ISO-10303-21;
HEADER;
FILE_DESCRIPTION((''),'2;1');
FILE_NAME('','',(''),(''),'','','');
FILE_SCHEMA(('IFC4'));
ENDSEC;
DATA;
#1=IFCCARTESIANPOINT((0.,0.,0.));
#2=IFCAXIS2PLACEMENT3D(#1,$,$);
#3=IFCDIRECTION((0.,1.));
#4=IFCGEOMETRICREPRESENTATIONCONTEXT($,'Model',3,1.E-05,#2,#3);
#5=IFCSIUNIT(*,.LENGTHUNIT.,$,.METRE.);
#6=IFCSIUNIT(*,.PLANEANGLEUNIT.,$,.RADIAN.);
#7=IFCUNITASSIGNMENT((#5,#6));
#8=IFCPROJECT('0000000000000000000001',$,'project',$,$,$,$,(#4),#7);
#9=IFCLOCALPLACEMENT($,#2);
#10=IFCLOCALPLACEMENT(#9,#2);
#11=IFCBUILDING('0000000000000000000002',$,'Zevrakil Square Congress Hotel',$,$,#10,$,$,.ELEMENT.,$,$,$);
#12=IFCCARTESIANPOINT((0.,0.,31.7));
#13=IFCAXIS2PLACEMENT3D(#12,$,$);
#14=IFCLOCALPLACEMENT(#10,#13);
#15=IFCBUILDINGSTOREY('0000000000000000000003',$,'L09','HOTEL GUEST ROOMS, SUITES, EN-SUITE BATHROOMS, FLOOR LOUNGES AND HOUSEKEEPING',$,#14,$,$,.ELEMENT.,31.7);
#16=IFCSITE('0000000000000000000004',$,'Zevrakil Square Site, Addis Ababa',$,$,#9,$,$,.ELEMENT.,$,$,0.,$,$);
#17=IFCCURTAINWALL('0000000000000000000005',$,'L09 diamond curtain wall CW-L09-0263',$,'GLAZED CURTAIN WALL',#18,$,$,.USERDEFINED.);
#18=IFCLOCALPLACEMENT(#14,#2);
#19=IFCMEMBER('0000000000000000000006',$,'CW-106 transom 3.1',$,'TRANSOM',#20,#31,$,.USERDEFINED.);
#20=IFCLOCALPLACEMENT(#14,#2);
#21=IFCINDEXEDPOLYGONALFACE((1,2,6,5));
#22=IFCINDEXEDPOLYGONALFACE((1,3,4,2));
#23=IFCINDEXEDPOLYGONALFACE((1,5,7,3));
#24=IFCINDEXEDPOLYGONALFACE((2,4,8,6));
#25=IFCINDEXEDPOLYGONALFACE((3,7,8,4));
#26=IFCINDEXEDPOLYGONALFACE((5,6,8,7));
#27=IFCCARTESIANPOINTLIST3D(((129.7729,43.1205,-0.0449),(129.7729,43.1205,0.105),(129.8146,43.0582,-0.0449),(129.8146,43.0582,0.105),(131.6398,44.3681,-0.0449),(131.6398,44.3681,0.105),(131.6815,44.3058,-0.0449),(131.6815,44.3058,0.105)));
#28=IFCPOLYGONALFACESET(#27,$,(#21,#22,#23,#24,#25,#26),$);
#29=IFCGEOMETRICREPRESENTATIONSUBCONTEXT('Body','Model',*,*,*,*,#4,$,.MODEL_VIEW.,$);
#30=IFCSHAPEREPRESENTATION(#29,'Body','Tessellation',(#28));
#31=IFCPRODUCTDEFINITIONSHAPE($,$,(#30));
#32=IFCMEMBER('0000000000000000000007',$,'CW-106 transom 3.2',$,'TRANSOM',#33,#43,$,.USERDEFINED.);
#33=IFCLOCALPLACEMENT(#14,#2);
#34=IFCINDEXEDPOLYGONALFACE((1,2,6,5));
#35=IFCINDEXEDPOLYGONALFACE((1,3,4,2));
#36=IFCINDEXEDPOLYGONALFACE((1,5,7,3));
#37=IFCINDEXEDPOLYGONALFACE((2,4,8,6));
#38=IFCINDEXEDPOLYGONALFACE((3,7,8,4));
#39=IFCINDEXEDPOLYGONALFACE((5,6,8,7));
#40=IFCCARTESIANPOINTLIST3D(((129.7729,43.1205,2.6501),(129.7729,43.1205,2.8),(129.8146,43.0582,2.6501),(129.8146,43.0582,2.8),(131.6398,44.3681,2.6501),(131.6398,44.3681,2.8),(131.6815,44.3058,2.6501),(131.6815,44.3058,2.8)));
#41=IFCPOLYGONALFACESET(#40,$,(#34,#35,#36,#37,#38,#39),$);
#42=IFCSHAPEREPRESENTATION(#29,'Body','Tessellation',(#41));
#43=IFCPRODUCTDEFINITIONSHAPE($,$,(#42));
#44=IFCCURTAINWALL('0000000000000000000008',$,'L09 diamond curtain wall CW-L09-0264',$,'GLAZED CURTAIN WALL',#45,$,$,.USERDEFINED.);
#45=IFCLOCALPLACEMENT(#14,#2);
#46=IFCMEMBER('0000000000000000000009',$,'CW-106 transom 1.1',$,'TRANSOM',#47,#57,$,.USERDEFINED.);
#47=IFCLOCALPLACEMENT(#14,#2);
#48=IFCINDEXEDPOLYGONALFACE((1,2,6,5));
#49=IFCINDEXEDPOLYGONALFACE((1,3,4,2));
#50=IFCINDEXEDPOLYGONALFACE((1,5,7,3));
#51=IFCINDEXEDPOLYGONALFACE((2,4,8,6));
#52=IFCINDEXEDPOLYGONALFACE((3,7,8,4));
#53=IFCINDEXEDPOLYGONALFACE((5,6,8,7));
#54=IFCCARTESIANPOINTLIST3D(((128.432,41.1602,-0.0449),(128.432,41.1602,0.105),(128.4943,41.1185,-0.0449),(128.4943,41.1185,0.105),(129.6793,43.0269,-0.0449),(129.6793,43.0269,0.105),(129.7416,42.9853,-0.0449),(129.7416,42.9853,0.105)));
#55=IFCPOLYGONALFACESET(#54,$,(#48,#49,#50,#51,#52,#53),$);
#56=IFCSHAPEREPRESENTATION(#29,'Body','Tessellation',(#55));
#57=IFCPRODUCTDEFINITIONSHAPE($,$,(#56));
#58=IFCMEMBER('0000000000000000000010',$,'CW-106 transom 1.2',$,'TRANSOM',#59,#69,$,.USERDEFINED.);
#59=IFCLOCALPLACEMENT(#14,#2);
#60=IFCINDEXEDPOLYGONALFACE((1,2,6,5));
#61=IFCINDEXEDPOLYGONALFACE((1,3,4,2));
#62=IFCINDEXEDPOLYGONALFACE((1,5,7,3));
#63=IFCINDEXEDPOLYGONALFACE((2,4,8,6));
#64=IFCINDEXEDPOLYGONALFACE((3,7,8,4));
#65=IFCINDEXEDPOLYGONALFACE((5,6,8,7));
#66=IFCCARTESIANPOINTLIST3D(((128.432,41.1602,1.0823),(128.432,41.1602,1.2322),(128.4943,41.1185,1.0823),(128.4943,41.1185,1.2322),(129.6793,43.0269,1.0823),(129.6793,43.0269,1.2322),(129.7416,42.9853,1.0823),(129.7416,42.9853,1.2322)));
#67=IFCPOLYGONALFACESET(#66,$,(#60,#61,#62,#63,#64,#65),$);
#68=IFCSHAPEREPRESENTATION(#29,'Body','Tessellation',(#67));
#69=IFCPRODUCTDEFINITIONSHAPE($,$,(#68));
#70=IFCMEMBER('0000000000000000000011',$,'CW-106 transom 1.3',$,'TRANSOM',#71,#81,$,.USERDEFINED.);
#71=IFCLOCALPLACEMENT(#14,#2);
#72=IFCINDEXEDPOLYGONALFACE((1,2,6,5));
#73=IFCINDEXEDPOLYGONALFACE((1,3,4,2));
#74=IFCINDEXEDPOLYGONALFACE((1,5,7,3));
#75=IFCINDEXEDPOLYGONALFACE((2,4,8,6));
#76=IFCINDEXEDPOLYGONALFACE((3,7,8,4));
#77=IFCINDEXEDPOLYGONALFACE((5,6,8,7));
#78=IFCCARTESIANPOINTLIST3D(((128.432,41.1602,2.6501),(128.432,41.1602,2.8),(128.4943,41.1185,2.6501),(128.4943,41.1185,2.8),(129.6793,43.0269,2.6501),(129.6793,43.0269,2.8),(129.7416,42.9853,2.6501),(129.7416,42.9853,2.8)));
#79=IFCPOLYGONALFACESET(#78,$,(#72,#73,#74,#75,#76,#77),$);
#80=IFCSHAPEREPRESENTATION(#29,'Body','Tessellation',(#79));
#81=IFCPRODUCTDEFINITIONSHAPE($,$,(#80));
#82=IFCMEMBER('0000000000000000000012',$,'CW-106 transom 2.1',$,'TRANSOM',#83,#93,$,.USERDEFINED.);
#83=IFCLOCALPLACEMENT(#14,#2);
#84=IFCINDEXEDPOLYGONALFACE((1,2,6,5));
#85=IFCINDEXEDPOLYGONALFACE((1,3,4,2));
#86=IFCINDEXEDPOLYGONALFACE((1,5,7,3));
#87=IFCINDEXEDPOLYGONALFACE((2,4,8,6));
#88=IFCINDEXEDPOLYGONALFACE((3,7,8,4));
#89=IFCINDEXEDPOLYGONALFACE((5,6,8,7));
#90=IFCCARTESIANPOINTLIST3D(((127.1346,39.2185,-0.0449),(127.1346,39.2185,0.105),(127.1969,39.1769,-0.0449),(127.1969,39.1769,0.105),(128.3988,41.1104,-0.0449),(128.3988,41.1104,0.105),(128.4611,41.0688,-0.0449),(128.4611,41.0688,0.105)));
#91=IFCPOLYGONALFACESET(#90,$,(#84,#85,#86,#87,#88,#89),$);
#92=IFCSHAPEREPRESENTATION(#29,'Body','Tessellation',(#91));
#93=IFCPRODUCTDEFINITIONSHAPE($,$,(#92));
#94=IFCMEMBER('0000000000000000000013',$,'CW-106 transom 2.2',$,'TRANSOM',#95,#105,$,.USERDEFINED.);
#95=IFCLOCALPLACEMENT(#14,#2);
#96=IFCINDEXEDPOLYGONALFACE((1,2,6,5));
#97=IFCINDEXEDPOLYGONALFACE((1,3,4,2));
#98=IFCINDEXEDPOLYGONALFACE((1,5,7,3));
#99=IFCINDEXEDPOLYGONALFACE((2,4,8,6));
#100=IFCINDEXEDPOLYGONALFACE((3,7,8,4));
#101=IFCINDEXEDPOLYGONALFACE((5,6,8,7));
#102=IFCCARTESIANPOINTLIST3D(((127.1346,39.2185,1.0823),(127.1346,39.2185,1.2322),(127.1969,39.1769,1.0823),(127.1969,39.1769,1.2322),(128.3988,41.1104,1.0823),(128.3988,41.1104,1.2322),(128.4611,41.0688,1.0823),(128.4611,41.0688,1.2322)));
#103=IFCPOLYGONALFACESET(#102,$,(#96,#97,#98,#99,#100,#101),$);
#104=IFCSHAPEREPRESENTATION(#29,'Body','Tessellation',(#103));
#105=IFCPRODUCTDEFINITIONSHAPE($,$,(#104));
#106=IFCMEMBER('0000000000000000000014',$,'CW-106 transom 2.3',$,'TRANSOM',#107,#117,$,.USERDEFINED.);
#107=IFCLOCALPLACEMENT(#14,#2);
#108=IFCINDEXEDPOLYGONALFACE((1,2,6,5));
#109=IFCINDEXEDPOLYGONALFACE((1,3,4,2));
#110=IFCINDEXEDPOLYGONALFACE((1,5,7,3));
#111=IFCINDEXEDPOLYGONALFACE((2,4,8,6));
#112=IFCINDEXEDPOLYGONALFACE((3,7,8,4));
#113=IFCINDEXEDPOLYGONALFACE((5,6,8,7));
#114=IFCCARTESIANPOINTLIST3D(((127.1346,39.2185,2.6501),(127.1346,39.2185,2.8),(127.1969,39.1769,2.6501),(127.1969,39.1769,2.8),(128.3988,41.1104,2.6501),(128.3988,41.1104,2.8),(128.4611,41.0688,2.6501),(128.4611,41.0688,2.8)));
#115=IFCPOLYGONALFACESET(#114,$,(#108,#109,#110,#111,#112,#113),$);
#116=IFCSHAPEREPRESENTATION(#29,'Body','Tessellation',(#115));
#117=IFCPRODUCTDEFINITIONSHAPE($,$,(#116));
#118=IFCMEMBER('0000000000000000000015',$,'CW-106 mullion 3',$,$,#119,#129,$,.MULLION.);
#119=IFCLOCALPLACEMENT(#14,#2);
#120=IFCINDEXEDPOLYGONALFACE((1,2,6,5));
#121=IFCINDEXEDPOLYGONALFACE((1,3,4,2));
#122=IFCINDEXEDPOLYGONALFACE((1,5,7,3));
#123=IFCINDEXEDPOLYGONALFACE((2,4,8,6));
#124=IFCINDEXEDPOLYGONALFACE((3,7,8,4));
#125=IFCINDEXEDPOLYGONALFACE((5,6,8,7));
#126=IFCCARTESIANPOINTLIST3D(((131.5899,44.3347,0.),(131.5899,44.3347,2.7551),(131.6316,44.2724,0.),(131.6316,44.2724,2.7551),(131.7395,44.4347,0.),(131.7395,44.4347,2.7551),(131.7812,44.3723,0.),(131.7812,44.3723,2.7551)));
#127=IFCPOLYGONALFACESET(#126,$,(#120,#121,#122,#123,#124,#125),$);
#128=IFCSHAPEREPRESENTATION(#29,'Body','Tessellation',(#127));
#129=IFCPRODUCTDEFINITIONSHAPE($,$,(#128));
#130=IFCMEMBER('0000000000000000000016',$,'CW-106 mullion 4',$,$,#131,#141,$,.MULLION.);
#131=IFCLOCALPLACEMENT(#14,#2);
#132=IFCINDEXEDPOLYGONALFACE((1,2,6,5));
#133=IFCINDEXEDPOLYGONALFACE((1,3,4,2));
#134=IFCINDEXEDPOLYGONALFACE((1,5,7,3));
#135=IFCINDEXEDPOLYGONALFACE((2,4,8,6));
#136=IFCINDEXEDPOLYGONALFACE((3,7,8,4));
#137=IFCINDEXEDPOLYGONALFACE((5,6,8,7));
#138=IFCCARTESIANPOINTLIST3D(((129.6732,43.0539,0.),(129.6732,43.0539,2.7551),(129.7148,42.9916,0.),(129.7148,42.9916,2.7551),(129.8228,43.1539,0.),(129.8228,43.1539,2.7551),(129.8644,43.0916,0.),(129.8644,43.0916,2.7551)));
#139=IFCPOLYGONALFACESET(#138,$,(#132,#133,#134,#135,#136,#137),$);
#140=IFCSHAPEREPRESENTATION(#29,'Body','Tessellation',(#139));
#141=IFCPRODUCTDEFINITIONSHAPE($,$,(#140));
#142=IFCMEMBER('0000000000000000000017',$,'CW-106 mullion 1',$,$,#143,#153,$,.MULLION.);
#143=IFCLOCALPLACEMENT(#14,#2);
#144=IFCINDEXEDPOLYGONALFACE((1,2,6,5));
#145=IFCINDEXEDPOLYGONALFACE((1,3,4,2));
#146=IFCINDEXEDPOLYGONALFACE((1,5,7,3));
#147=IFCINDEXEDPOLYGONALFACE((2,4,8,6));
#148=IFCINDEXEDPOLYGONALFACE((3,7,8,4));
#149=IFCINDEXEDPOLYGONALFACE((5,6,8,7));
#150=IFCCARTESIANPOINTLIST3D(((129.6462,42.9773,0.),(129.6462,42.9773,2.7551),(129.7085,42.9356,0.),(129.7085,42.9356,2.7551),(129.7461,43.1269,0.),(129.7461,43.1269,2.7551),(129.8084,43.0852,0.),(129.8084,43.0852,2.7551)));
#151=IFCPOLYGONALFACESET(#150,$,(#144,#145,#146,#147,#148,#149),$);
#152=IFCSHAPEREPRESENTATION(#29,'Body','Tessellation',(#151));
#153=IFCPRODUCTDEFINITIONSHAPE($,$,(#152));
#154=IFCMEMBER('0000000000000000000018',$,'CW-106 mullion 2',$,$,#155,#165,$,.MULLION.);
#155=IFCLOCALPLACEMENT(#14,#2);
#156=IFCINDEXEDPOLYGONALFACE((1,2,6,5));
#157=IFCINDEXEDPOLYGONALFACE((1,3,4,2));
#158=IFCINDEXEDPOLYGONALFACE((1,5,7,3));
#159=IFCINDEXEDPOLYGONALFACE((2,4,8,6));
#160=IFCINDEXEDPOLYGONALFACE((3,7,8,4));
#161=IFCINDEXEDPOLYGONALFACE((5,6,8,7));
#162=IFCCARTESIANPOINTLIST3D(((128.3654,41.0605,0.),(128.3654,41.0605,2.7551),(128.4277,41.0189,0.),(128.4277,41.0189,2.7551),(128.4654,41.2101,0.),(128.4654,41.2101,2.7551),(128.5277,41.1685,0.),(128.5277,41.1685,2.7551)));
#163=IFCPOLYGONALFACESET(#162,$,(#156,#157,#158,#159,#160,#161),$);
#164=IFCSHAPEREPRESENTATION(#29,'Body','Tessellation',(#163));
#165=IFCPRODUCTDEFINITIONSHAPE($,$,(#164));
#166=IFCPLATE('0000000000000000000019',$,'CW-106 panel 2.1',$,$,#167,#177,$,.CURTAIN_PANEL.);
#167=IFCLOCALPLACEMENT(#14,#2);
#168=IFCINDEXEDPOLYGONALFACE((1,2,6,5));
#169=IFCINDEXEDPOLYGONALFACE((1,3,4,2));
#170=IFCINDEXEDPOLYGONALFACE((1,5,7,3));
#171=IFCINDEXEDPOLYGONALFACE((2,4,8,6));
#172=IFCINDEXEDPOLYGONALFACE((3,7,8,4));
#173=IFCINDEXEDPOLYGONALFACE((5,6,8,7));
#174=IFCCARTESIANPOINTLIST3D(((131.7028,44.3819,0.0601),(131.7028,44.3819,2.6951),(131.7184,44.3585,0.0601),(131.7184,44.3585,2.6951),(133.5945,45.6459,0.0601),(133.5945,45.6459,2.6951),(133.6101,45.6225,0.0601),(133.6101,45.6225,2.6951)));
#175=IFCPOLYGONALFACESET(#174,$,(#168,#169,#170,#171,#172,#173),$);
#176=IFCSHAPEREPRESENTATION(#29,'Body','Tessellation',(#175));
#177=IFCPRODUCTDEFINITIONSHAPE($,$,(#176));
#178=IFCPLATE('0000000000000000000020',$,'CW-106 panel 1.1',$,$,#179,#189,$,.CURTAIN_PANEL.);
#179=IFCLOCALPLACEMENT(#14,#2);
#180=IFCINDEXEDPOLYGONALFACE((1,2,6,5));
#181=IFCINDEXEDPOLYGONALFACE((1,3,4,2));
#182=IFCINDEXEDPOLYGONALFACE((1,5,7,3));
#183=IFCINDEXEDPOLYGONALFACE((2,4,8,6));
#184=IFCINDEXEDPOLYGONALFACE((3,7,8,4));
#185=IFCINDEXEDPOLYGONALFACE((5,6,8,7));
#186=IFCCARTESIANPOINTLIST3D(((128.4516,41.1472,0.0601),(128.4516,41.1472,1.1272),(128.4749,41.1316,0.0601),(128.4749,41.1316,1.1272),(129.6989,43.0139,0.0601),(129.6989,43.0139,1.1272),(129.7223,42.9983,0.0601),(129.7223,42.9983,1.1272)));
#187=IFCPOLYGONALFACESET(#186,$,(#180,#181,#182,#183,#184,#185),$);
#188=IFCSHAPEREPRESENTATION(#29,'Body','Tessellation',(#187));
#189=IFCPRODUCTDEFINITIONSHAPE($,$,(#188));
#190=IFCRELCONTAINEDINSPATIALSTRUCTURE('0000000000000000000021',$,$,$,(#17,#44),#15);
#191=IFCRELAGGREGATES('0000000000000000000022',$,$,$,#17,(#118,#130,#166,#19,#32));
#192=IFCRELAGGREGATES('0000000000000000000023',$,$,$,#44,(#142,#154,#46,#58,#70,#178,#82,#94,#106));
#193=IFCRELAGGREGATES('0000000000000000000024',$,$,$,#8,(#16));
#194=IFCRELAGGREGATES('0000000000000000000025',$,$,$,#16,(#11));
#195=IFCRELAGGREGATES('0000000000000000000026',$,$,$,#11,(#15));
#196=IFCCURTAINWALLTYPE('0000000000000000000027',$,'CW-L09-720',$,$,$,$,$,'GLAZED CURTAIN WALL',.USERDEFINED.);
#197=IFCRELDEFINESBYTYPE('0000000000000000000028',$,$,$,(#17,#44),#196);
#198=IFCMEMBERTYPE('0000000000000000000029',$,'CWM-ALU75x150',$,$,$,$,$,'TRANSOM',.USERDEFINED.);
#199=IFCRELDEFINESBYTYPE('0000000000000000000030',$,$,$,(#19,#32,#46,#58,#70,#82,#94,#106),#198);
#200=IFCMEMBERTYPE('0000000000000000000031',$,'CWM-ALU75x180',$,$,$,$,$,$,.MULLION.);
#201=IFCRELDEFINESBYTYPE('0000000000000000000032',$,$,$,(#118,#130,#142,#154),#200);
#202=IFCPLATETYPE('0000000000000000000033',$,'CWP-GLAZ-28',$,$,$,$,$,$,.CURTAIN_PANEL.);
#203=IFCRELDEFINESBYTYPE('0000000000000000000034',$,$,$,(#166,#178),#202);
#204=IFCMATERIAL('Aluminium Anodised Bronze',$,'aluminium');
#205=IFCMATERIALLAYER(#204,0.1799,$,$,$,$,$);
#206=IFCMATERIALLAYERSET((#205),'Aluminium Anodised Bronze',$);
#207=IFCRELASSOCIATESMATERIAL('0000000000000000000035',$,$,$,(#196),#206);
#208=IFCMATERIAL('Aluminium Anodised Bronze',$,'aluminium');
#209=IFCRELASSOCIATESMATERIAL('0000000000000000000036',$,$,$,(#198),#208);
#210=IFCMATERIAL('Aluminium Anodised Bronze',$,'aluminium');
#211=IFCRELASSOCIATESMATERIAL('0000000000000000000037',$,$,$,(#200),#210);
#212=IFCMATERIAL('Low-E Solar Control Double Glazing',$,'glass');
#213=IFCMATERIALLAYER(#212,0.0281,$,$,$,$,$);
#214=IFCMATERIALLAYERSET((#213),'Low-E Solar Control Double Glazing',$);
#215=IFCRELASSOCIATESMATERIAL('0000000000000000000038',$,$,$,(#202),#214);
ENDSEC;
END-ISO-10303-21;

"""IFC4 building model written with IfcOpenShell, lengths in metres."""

from ifc_helpers import new_model, si_unit, direction, frame, origin, origin_2d, place, context, subcontext, project, spatial, rectangle, extrude, material, layer, layer_set, material_profile, profile_set, type_object, element, aggregate, save


model = new_model("IFC4")

# Units and contexts
model_context = context("Model", 3, precision=1e-05, world=origin(), true_north=direction((0.0, 1.0)))
body_context = subcontext(model_context, "Body", "Model", "MODEL_VIEW")
ifc_project = project(units=[si_unit("LENGTHUNIT", "METRE"), si_unit("PLANEANGLEUNIT", "RADIAN")], contexts=[model_context])

# Site, building, storey
site_placement = place(None, origin())
site = spatial("IfcSite", under=ifc_project, at=site_placement, Name="Zevrakil Square Site, Addis Ababa", CompositionType="ELEMENT", RefElevation=0.0)
building_placement = place(site_placement, origin())
building = spatial("IfcBuilding", under=site, at=building_placement, Name="Zevrakil Square Congress Hotel", CompositionType="ELEMENT")
storey_placement = place(building_placement, frame((0.0, 0.0, 31.7)))
storey = spatial("IfcBuildingStorey", under=building, at=storey_placement, Name="L09", Description="HOTEL GUEST ROOMS, SUITES, EN-SUITE BATHROOMS, FLOOR LOUNGES AND HOUSEKEEPING", CompositionType="ELEMENT", Elevation=31.7)

# Curtain walls, members
ifc_material_1 = material(Name="Aluminium Anodised Bronze", Category="aluminium")
ifc_layer_1 = layer(ifc_material_1, 0.1799)
ifc_layer_set_1 = layer_set([ifc_layer_1], Name="Aluminium Anodised Bronze")
curtain_wall_type = type_object("IfcCurtainWallType", Name="CW-L09-720", ElementType="GLAZED CURTAIN WALL", PredefinedType="USERDEFINED", material=ifc_layer_set_1)
curtain_wall_1_placement = place(storey_placement, origin())
curtain_wall_1 = element("IfcCurtainWall", 1, at=curtain_wall_1_placement, inside=storey, type_object=curtain_wall_type, Name="L09 diamond curtain wall CW-L09-0263", ObjectType="GLAZED CURTAIN WALL", PredefinedType="USERDEFINED")
ifc_material_2 = material(Name="Aluminium Anodised Bronze", Category="aluminium")
ifc_material_profile_1 = material_profile(ifc_material_2, rectangle(XDim=0.075, YDim=0.1499, at=origin_2d()), Name="ALU 75x150")
ifc_profile_set_1 = profile_set([ifc_material_profile_1], Name="Aluminium Anodised Bronze")
member_type_1 = type_object("IfcMemberType", Name="CWM-ALU75x150", ElementType="TRANSOM", PredefinedType="USERDEFINED", material=ifc_profile_set_1)
member_1_placement = place(storey_placement, frame((131.6606, 44.3369, 0.03), z_axis=(-0.831448, -0.555603, 0.0), x_axis=(0.555603, -0.831448, 0.0)))
member_1 = element("IfcMember", 2, at=member_1_placement, type_object=member_type_1, Name="CW-106 transom 3.1", ObjectType="TRANSOM", PredefinedType="USERDEFINED", context=body_context, shape_type="SweptSolid", body=[
    extrude(rectangle(XDim=0.075, YDim=0.1499, at=origin_2d()), origin(), (0.0, 0.0, 1.0), 2.2454),
])
member_2_placement = place(storey_placement, frame((131.6606, 44.3369, 2.7251), z_axis=(-0.831448, -0.555603, 0.0), x_axis=(0.555603, -0.831448, 0.0)))
member_2 = element("IfcMember", 3, at=member_2_placement, type_object=member_type_1, Name="CW-106 transom 3.2", ObjectType="TRANSOM", PredefinedType="USERDEFINED", context=body_context, shape_type="SweptSolid", body=[
    extrude(rectangle(XDim=0.075, YDim=0.1499, at=origin_2d()), origin(), (0.0, 0.0, 1.0), 2.2454),
])
curtain_wall_2_placement = place(storey_placement, origin())
curtain_wall_2 = element("IfcCurtainWall", 4, at=curtain_wall_2_placement, inside=storey, type_object=curtain_wall_type, Name="L09 diamond curtain wall CW-L09-0264", ObjectType="GLAZED CURTAIN WALL", PredefinedType="USERDEFINED")
member_3_placement = place(storey_placement, frame((129.7104, 43.0061, 0.03), z_axis=(-0.555578, -0.831464, 0.0), x_axis=(0.831464, -0.555578, 0.0)))
member_3 = element("IfcMember", 5, at=member_3_placement, type_object=member_type_1, Name="CW-106 transom 1.1", ObjectType="TRANSOM", PredefinedType="USERDEFINED", context=body_context, shape_type="SweptSolid", body=[
    extrude(rectangle(XDim=0.075, YDim=0.1499, at=origin_2d()), origin(), (0.0, 0.0, 1.0), 2.2451),
])
member_4_placement = place(storey_placement, frame((129.7104, 43.0061, 1.1572), z_axis=(-0.555578, -0.831464, 0.0), x_axis=(0.831464, -0.555578, 0.0)))
member_4 = element("IfcMember", 6, at=member_4_placement, type_object=member_type_1, Name="CW-106 transom 1.2", ObjectType="TRANSOM", PredefinedType="USERDEFINED", context=body_context, shape_type="SweptSolid", body=[
    extrude(rectangle(XDim=0.075, YDim=0.1499, at=origin_2d()), origin(), (0.0, 0.0, 1.0), 2.2451),
])
member_5_placement = place(storey_placement, frame((129.7104, 43.0061, 2.7251), z_axis=(-0.555578, -0.831464, 0.0), x_axis=(0.831464, -0.555578, 0.0)))
member_5 = element("IfcMember", 7, at=member_5_placement, type_object=member_type_1, Name="CW-106 transom 1.3", ObjectType="TRANSOM", PredefinedType="USERDEFINED", context=body_context, shape_type="SweptSolid", body=[
    extrude(rectangle(XDim=0.075, YDim=0.1499, at=origin_2d()), origin(), (0.0, 0.0, 1.0), 2.2451),
])
member_6_placement = place(storey_placement, frame((128.4299, 41.0896, 0.03), z_axis=(-0.555591, -0.831456, 0.0), x_axis=(0.831456, -0.555591, 0.0)))
member_6 = element("IfcMember", 8, at=member_6_placement, type_object=member_type_1, Name="CW-106 transom 2.1", ObjectType="TRANSOM", PredefinedType="USERDEFINED", context=body_context, shape_type="SweptSolid", body=[
    extrude(rectangle(XDim=0.075, YDim=0.1499, at=origin_2d()), origin(), (0.0, 0.0, 1.0), 2.2754),
])
member_7_placement = place(storey_placement, frame((128.4299, 41.0896, 1.1572), z_axis=(-0.555591, -0.831456, 0.0), x_axis=(0.831456, -0.555591, 0.0)))
member_7 = element("IfcMember", 9, at=member_7_placement, type_object=member_type_1, Name="CW-106 transom 2.2", ObjectType="TRANSOM", PredefinedType="USERDEFINED", context=body_context, shape_type="SweptSolid", body=[
    extrude(rectangle(XDim=0.075, YDim=0.1499, at=origin_2d()), origin(), (0.0, 0.0, 1.0), 2.2754),
])
member_8_placement = place(storey_placement, frame((128.4299, 41.0896, 2.7251), z_axis=(-0.555591, -0.831456, 0.0), x_axis=(0.831456, -0.555591, 0.0)))
member_8 = element("IfcMember", 10, at=member_8_placement, type_object=member_type_1, Name="CW-106 transom 2.3", ObjectType="TRANSOM", PredefinedType="USERDEFINED", context=body_context, shape_type="SweptSolid", body=[
    extrude(rectangle(XDim=0.075, YDim=0.1499, at=origin_2d()), origin(), (0.0, 0.0, 1.0), 2.2754),
])

# Members
ifc_material_3 = material(Name="Aluminium Anodised Bronze", Category="aluminium")
ifc_material_profile_2 = material_profile(ifc_material_3, rectangle(XDim=0.075, YDim=0.1799, at=origin_2d()), Name="ALU 75x180")
ifc_profile_set_2 = profile_set([ifc_material_profile_2], Name="Aluminium Anodised Bronze")
member_type_2 = type_object("IfcMemberType", Name="CWM-ALU75x180", PredefinedType="MULLION", material=ifc_profile_set_2)
member_9_placement = place(storey_placement, frame((131.6855, 44.3535, 0.0), z_axis=(0.0, 0.0, 1.0), x_axis=(0.555576, -0.831466, 0.0)))
member_9 = element("IfcMember", 11, at=member_9_placement, type_object=member_type_2, Name="CW-106 mullion 3", PredefinedType="MULLION", context=body_context, shape_type="SweptSolid", body=[
    extrude(rectangle(XDim=0.075, YDim=0.1799, at=origin_2d()), origin(), (0.0, 0.0, 1.0), 2.7551),
])
member_10_placement = place(storey_placement, frame((129.7688, 43.0728, 0.0), z_axis=(0.0, 0.0, 1.0), x_axis=(0.555576, -0.831466, 0.0)))
member_10 = element("IfcMember", 12, at=member_10_placement, type_object=member_type_2, Name="CW-106 mullion 4", PredefinedType="MULLION", context=body_context, shape_type="SweptSolid", body=[
    extrude(rectangle(XDim=0.075, YDim=0.1799, at=origin_2d()), origin(), (0.0, 0.0, 1.0), 2.7551),
])
member_11_placement = place(storey_placement, frame((129.7273, 43.0312, 0.0), z_axis=(0.0, 0.0, 1.0), x_axis=(0.831466, -0.555576, 0.0)))
member_11 = element("IfcMember", 13, at=member_11_placement, type_object=member_type_2, Name="CW-106 mullion 1", PredefinedType="MULLION", context=body_context, shape_type="SweptSolid", body=[
    extrude(rectangle(XDim=0.075, YDim=0.1799, at=origin_2d()), origin(), (0.0, 0.0, 1.0), 2.7551),
])
member_12_placement = place(storey_placement, frame((128.4465, 41.1145, 0.0), z_axis=(0.0, 0.0, 1.0), x_axis=(0.831466, -0.555576, 0.0)))
member_12 = element("IfcMember", 14, at=member_12_placement, type_object=member_type_2, Name="CW-106 mullion 2", PredefinedType="MULLION", context=body_context, shape_type="SweptSolid", body=[
    extrude(rectangle(XDim=0.075, YDim=0.1799, at=origin_2d()), origin(), (0.0, 0.0, 1.0), 2.7551),
])

# Plates
ifc_material_4 = material(Name="Low-E Solar Control Double Glazing", Category="glass")
ifc_layer_2 = layer(ifc_material_4, 0.0281)
ifc_layer_set_2 = layer_set([ifc_layer_2], Name="Low-E Solar Control Double Glazing")
plate_type_1 = type_object("IfcPlateType", Name="CWP-GLAZ-28", PredefinedType="CURTAIN_PANEL", material=ifc_layer_set_2)
plate_1_placement = place(storey_placement, frame((132.6565, 45.0022, 0.0601), z_axis=(0.0, 0.0, 1.0), x_axis=(-0.831466, -0.555576, 0.0)))
plate_1 = element("IfcPlate", 15, at=plate_1_placement, type_object=plate_type_1, Name="CW-106 panel 2.1", PredefinedType="CURTAIN_PANEL", context=body_context, shape_type="SweptSolid", body=[
    extrude(rectangle(XDim=2.2751, YDim=0.0281, at=origin_2d()), origin(), (0.0, 0.0, 1.0), 2.635),
])
plate_2_placement = place(storey_placement, frame((129.0869, 42.0728, 0.0601), z_axis=(0.0, 0.0, 1.0), x_axis=(-0.555576, -0.831466, 0.0)))
plate_2 = element("IfcPlate", 16, at=plate_2_placement, type_object=plate_type_1, Name="CW-106 panel 1.1", PredefinedType="CURTAIN_PANEL", context=body_context, shape_type="SweptSolid", body=[
    extrude(rectangle(XDim=2.2451, YDim=0.0281, at=origin_2d()), origin(), (0.0, 0.0, 1.0), 1.0671),
])
aggregate(curtain_wall_1, [member_9, member_10, plate_1, member_1, member_2])
aggregate(curtain_wall_2, [member_11, member_12, member_3, member_4, member_5, plate_2, member_6, member_7, member_8])

save(model, "model.ifc")
